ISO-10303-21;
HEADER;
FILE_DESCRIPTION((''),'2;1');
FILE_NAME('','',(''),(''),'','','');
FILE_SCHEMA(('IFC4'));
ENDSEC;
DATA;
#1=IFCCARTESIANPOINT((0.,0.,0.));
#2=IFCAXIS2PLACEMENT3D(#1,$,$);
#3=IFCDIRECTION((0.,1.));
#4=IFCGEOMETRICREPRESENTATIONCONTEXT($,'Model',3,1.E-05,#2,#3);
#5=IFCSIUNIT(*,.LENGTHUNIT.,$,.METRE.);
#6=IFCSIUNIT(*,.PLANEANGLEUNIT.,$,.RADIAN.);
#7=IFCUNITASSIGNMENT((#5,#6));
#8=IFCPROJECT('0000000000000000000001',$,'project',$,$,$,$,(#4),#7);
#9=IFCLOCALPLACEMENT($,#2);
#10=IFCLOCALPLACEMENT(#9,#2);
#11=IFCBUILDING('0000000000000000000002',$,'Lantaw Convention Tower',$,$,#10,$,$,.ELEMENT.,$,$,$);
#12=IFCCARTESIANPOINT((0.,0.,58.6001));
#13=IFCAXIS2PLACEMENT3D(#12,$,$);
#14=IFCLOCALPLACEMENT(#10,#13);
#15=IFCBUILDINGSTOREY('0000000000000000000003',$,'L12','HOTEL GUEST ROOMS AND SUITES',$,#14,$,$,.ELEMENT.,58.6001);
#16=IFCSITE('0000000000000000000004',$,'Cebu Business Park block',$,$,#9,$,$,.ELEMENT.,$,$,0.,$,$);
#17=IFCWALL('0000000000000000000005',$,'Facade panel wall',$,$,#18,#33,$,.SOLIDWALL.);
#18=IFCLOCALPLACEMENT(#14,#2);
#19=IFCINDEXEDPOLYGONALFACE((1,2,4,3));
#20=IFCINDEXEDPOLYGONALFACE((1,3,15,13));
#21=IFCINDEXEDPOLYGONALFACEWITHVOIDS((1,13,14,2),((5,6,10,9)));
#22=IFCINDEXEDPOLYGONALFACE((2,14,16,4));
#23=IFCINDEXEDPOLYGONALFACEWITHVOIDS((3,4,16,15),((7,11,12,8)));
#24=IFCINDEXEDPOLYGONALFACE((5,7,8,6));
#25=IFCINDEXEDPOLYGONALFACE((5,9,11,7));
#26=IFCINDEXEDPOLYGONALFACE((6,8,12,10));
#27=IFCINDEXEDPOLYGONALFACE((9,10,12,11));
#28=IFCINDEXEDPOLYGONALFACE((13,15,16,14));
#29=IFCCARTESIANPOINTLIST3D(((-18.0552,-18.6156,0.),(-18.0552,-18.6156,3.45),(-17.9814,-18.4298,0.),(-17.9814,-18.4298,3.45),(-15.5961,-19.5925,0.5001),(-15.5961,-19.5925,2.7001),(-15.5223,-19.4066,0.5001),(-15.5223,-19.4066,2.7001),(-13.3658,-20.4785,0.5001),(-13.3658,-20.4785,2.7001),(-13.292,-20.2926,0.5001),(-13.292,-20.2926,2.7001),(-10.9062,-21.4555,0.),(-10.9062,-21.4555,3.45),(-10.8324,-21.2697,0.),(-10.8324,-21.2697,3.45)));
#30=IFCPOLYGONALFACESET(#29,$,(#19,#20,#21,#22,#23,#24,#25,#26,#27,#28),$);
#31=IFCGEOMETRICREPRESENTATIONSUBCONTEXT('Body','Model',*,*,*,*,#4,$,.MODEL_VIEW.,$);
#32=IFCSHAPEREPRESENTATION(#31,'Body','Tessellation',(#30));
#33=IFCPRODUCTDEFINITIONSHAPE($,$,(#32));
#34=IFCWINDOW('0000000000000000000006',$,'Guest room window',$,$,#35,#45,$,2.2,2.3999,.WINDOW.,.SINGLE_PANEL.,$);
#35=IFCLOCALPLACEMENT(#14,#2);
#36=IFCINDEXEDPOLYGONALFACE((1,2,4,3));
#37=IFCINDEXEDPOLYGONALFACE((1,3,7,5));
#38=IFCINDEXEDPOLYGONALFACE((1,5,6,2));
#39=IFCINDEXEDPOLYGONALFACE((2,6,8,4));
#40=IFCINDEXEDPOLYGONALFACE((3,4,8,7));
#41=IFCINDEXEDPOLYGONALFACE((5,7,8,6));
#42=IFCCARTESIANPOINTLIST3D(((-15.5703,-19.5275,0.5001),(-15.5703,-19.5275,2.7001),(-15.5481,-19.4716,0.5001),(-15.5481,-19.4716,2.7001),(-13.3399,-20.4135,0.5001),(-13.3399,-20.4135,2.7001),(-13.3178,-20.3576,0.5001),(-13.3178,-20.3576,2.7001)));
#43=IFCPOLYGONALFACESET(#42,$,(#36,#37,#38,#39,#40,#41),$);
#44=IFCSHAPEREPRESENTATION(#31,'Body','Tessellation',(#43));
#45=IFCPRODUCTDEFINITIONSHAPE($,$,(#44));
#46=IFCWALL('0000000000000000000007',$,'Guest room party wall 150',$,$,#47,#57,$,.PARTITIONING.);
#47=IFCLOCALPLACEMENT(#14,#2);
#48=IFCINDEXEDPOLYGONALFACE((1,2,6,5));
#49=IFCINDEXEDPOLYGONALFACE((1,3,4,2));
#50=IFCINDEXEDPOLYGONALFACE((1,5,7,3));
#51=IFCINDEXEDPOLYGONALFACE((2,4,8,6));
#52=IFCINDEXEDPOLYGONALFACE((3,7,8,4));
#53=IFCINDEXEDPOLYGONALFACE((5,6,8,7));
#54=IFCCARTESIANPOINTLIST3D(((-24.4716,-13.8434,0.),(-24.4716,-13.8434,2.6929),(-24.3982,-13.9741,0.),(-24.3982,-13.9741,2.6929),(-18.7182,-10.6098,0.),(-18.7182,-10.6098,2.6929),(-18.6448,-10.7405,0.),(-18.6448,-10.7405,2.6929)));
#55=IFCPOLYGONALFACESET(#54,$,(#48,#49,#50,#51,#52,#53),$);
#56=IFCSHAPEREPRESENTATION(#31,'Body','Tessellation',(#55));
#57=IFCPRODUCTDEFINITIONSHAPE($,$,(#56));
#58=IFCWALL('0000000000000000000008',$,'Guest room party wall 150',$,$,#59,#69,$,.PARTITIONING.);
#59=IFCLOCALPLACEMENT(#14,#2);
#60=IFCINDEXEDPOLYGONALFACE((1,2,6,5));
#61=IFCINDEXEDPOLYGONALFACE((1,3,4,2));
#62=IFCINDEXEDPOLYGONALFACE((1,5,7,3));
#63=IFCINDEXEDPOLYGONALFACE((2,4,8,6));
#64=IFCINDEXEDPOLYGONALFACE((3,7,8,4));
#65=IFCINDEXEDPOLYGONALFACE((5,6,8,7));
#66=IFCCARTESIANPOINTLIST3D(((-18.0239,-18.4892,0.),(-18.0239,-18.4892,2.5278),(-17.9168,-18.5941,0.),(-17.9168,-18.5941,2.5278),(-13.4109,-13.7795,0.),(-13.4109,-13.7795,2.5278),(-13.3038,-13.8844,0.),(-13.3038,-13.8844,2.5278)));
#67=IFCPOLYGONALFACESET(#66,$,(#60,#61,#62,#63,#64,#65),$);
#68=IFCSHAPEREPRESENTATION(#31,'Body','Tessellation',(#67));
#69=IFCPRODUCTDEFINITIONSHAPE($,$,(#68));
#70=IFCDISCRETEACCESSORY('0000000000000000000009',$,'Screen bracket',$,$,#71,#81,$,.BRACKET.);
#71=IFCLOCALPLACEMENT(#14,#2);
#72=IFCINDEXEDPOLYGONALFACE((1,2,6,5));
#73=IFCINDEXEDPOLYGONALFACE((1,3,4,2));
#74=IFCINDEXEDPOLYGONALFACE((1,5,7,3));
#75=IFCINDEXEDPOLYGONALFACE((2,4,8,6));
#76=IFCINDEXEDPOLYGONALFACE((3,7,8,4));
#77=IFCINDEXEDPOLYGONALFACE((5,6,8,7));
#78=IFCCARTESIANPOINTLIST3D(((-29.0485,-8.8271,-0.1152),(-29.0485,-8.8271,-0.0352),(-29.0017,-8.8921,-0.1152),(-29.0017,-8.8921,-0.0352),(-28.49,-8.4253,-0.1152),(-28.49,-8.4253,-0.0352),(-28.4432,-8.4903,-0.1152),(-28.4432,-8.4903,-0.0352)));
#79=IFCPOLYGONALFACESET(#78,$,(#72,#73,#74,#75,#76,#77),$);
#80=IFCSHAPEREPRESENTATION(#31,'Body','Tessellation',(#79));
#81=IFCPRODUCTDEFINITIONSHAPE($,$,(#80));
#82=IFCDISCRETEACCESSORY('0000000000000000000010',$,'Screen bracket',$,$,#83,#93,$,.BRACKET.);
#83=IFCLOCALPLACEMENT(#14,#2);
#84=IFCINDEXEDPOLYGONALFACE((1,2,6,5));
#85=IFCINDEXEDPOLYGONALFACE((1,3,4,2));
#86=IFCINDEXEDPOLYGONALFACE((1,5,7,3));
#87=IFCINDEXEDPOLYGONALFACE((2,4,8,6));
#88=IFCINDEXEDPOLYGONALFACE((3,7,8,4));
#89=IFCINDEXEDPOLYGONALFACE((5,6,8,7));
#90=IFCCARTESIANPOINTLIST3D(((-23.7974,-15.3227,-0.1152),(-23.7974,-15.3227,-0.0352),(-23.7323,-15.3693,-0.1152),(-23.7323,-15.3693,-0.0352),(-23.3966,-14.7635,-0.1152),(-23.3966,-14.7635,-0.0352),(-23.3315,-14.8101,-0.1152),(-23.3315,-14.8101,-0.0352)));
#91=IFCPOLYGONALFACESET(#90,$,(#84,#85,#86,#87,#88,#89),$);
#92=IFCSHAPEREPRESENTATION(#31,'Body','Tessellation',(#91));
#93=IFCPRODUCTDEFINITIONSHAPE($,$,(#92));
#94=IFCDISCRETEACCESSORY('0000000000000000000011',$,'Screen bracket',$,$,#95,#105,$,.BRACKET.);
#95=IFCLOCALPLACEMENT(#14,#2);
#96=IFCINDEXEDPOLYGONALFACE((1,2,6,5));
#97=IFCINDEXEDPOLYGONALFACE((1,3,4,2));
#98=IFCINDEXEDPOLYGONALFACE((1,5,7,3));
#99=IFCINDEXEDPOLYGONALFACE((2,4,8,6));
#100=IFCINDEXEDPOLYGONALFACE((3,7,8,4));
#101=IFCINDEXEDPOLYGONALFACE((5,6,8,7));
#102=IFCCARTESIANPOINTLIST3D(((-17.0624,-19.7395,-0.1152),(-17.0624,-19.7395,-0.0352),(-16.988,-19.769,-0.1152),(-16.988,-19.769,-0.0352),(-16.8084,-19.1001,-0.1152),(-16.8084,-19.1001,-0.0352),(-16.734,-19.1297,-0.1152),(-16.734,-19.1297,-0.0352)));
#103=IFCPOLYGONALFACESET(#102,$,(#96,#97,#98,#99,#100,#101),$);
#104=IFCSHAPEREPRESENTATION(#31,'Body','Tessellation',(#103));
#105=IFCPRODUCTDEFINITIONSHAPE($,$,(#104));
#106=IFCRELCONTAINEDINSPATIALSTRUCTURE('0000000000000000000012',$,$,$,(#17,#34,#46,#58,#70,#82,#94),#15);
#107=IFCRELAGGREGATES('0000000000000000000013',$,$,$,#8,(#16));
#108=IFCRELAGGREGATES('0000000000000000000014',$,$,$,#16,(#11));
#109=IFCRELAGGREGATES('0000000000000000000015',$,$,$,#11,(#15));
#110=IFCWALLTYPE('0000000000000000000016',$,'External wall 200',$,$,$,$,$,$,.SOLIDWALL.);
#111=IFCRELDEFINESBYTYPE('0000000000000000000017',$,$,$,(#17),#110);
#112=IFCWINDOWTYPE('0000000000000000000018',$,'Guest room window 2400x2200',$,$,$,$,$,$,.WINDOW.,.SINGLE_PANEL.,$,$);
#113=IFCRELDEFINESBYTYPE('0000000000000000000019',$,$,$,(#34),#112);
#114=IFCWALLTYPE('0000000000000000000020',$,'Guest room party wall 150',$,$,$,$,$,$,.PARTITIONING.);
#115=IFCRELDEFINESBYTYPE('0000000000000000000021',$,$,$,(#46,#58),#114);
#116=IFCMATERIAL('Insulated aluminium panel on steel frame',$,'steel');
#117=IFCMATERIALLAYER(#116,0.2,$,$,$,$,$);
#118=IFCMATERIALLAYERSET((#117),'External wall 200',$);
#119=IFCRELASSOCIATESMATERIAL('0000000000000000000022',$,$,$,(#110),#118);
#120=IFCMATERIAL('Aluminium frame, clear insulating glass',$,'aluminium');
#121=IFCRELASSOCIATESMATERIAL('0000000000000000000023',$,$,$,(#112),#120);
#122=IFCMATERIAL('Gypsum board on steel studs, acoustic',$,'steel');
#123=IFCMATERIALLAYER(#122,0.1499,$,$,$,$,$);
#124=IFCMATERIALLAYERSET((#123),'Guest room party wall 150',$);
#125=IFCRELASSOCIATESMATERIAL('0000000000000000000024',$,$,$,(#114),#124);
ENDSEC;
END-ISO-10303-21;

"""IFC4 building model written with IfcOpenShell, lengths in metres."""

from ifc_helpers import new_model, si_unit, direction, frame, frame_2d, origin, origin_2d, place, context, subcontext, project, spatial, rectangle, extrude, material, layer, layer_set, type_object, element, fill, save


model = new_model("IFC4")

# Units and contexts
model_context = context("Model", 3, precision=1e-05, world=origin(), true_north=direction((0.0, 1.0)))
body_context = subcontext(model_context, "Body", "Model", "MODEL_VIEW")
ifc_project = project(units=[si_unit("LENGTHUNIT", "METRE"), si_unit("PLANEANGLEUNIT", "RADIAN")], contexts=[model_context])

# Site, building, storey
site_placement = place(None, origin())
site = spatial("IfcSite", under=ifc_project, at=site_placement, Name="Cebu Business Park block", CompositionType="ELEMENT", RefElevation=0.0)
building_placement = place(site_placement, origin())
building = spatial("IfcBuilding", under=site, at=building_placement, Name="Lantaw Convention Tower", CompositionType="ELEMENT")
storey_placement = place(building_placement, frame((0.0, 0.0, 58.6001)))
storey = spatial("IfcBuildingStorey", under=building, at=storey_placement, Name="L12", Description="HOTEL GUEST ROOMS AND SUITES", CompositionType="ELEMENT", Elevation=58.6001)

# Wall, opening, window
ifc_material_1 = material(Name="Insulated aluminium panel on steel frame", Category="steel")
ifc_layer_1 = layer(ifc_material_1, 0.2)
ifc_layer_set_1 = layer_set([ifc_layer_1], Name="External wall 200")
wall_type_1 = type_object("IfcWallType", Name="External wall 200", PredefinedType="SOLIDWALL", material=ifc_layer_set_1)
ifc_material_2 = material(Name="Aluminium frame, clear insulating glass", Category="aluminium")
window_type = type_object("IfcWindowType", Name="Guest room window 2400x2200", PartitioningType="SINGLE_PANEL", PredefinedType="WINDOW", material=ifc_material_2)
wall_1_placement = place(storey_placement, frame((-18.0183, -18.5227, 0.0), z_axis=(0.0, 0.0, 1.0), x_axis=(0.929358, -0.369179, 0.0)))
wall_1 = element("IfcWall", 1, at=wall_1_placement, inside=storey, type_object=wall_type_1, Name="Facade panel wall", PredefinedType="SOLIDWALL", context=body_context, shape_type="SweptSolid", body=[
    extrude(rectangle(XDim=7.6924, YDim=0.2, at=frame_2d((3.8462, 0.0))), origin(), (0.0, 0.0, 1.0), 3.45),
])
opening_1_placement = place(wall_1_placement, frame((2.646, 0.0, 0.5)))
opening_1 = element("IfcOpeningElement", 2, at=opening_1_placement, cuts=wall_1, PredefinedType="OPENING", context=body_context, shape_type="SweptSolid", body=[
    extrude(rectangle(XDim=2.3999, YDim=2.2, at=frame_2d((1.2, 1.1001))), frame((0.0, 0.1099, 0.0), z_axis=(0.0, -1.0, 0.0), x_axis=(1.0, 0.0, 0.0)), (0.0, 0.0, 1.0), 0.22),
])
window_1_placement = place(opening_1_placement, origin())
window_1 = element("IfcWindow", 3, at=window_1_placement, inside=storey, type_object=window_type, Name="Guest room window", OverallHeight=2.2, OverallWidth=2.3999, PartitioningType="SINGLE_PANEL", PredefinedType="WINDOW", context=body_context, shape_type="SweptSolid", body=[
    extrude(rectangle(XDim=2.3999, YDim=2.2, at=frame_2d((1.2, 1.1001))), frame((0.0, 0.03, 0.0), z_axis=(0.0, -1.0, 0.0), x_axis=(1.0, 0.0, 0.0)), (0.0, 0.0, 1.0), 0.0601),
])
fill(opening_1, window_1)

# Walls
ifc_material_3 = material(Name="Gypsum board on steel studs, acoustic", Category="steel")
ifc_layer_2 = layer(ifc_material_3, 0.1499)
ifc_layer_set_2 = layer_set([ifc_layer_2], Name="Guest room party wall 150")
wall_type_2 = type_object("IfcWallType", Name="Guest room party wall 150", PredefinedType="PARTITIONING", material=ifc_layer_set_2)
wall_2_placement = place(storey_placement, frame((-24.4348, -13.9087, 0.0), z_axis=(0.0, 0.0, 1.0), x_axis=(0.871747, 0.489956, 0.0)))
element("IfcWall", 4, at=wall_2_placement, inside=storey, type_object=wall_type_2, Name="Guest room party wall 150", PredefinedType="PARTITIONING", context=body_context, shape_type="SweptSolid", body=[
    extrude(rectangle(XDim=6.5999, YDim=0.1499, at=frame_2d((3.2998, 0.0))), origin(), (0.0, 0.0, 1.0), 2.6929),
])
wall_3_placement = place(storey_placement, frame((-17.9705, -18.5417, 0.0), z_axis=(0.0, 0.0, 1.0), x_axis=(0.699736, 0.714401, 0.0)))
element("IfcWall", 5, at=wall_3_placement, inside=storey, type_object=wall_type_2, Name="Guest room party wall 150", PredefinedType="PARTITIONING", context=body_context, shape_type="SweptSolid", body=[
    extrude(rectangle(XDim=6.5925, YDim=0.1499, at=frame_2d((3.2964, 0.0))), origin(), (0.0, 0.0, 1.0), 2.5278),
])

# Discrete accessories
for number, where, z_axis, x_axis, name in (
    (6, (-28.7458, -8.6587, -0.1152), (0.0, 0.0, 1.0), (0.583951, -0.811789, 0.0), "Screen bracket"),
    (7, (-23.5645, -15.0664, -0.1152), (0.0, 0.0, 1.0), (0.812804, -0.582538, 0.0), "Screen bracket"),
    (8, (-16.8982, -19.4346, -0.1152), (0.0, 0.0, 1.0), (0.929361, -0.369172, 0.0), "Screen bracket"),
):
    element("IfcDiscreteAccessory", number, at=place(storey_placement, frame(where, z_axis=z_axis, x_axis=x_axis)), inside=storey, Name=name, PredefinedType="BRACKET", context=body_context, shape_type="SweptSolid", body=[
        extrude(rectangle(XDim=0.0801, YDim=0.688, at=origin_2d()), origin(), (0.0, 0.0, 1.0), 0.0801),
    ])

save(model, "model.ifc")
